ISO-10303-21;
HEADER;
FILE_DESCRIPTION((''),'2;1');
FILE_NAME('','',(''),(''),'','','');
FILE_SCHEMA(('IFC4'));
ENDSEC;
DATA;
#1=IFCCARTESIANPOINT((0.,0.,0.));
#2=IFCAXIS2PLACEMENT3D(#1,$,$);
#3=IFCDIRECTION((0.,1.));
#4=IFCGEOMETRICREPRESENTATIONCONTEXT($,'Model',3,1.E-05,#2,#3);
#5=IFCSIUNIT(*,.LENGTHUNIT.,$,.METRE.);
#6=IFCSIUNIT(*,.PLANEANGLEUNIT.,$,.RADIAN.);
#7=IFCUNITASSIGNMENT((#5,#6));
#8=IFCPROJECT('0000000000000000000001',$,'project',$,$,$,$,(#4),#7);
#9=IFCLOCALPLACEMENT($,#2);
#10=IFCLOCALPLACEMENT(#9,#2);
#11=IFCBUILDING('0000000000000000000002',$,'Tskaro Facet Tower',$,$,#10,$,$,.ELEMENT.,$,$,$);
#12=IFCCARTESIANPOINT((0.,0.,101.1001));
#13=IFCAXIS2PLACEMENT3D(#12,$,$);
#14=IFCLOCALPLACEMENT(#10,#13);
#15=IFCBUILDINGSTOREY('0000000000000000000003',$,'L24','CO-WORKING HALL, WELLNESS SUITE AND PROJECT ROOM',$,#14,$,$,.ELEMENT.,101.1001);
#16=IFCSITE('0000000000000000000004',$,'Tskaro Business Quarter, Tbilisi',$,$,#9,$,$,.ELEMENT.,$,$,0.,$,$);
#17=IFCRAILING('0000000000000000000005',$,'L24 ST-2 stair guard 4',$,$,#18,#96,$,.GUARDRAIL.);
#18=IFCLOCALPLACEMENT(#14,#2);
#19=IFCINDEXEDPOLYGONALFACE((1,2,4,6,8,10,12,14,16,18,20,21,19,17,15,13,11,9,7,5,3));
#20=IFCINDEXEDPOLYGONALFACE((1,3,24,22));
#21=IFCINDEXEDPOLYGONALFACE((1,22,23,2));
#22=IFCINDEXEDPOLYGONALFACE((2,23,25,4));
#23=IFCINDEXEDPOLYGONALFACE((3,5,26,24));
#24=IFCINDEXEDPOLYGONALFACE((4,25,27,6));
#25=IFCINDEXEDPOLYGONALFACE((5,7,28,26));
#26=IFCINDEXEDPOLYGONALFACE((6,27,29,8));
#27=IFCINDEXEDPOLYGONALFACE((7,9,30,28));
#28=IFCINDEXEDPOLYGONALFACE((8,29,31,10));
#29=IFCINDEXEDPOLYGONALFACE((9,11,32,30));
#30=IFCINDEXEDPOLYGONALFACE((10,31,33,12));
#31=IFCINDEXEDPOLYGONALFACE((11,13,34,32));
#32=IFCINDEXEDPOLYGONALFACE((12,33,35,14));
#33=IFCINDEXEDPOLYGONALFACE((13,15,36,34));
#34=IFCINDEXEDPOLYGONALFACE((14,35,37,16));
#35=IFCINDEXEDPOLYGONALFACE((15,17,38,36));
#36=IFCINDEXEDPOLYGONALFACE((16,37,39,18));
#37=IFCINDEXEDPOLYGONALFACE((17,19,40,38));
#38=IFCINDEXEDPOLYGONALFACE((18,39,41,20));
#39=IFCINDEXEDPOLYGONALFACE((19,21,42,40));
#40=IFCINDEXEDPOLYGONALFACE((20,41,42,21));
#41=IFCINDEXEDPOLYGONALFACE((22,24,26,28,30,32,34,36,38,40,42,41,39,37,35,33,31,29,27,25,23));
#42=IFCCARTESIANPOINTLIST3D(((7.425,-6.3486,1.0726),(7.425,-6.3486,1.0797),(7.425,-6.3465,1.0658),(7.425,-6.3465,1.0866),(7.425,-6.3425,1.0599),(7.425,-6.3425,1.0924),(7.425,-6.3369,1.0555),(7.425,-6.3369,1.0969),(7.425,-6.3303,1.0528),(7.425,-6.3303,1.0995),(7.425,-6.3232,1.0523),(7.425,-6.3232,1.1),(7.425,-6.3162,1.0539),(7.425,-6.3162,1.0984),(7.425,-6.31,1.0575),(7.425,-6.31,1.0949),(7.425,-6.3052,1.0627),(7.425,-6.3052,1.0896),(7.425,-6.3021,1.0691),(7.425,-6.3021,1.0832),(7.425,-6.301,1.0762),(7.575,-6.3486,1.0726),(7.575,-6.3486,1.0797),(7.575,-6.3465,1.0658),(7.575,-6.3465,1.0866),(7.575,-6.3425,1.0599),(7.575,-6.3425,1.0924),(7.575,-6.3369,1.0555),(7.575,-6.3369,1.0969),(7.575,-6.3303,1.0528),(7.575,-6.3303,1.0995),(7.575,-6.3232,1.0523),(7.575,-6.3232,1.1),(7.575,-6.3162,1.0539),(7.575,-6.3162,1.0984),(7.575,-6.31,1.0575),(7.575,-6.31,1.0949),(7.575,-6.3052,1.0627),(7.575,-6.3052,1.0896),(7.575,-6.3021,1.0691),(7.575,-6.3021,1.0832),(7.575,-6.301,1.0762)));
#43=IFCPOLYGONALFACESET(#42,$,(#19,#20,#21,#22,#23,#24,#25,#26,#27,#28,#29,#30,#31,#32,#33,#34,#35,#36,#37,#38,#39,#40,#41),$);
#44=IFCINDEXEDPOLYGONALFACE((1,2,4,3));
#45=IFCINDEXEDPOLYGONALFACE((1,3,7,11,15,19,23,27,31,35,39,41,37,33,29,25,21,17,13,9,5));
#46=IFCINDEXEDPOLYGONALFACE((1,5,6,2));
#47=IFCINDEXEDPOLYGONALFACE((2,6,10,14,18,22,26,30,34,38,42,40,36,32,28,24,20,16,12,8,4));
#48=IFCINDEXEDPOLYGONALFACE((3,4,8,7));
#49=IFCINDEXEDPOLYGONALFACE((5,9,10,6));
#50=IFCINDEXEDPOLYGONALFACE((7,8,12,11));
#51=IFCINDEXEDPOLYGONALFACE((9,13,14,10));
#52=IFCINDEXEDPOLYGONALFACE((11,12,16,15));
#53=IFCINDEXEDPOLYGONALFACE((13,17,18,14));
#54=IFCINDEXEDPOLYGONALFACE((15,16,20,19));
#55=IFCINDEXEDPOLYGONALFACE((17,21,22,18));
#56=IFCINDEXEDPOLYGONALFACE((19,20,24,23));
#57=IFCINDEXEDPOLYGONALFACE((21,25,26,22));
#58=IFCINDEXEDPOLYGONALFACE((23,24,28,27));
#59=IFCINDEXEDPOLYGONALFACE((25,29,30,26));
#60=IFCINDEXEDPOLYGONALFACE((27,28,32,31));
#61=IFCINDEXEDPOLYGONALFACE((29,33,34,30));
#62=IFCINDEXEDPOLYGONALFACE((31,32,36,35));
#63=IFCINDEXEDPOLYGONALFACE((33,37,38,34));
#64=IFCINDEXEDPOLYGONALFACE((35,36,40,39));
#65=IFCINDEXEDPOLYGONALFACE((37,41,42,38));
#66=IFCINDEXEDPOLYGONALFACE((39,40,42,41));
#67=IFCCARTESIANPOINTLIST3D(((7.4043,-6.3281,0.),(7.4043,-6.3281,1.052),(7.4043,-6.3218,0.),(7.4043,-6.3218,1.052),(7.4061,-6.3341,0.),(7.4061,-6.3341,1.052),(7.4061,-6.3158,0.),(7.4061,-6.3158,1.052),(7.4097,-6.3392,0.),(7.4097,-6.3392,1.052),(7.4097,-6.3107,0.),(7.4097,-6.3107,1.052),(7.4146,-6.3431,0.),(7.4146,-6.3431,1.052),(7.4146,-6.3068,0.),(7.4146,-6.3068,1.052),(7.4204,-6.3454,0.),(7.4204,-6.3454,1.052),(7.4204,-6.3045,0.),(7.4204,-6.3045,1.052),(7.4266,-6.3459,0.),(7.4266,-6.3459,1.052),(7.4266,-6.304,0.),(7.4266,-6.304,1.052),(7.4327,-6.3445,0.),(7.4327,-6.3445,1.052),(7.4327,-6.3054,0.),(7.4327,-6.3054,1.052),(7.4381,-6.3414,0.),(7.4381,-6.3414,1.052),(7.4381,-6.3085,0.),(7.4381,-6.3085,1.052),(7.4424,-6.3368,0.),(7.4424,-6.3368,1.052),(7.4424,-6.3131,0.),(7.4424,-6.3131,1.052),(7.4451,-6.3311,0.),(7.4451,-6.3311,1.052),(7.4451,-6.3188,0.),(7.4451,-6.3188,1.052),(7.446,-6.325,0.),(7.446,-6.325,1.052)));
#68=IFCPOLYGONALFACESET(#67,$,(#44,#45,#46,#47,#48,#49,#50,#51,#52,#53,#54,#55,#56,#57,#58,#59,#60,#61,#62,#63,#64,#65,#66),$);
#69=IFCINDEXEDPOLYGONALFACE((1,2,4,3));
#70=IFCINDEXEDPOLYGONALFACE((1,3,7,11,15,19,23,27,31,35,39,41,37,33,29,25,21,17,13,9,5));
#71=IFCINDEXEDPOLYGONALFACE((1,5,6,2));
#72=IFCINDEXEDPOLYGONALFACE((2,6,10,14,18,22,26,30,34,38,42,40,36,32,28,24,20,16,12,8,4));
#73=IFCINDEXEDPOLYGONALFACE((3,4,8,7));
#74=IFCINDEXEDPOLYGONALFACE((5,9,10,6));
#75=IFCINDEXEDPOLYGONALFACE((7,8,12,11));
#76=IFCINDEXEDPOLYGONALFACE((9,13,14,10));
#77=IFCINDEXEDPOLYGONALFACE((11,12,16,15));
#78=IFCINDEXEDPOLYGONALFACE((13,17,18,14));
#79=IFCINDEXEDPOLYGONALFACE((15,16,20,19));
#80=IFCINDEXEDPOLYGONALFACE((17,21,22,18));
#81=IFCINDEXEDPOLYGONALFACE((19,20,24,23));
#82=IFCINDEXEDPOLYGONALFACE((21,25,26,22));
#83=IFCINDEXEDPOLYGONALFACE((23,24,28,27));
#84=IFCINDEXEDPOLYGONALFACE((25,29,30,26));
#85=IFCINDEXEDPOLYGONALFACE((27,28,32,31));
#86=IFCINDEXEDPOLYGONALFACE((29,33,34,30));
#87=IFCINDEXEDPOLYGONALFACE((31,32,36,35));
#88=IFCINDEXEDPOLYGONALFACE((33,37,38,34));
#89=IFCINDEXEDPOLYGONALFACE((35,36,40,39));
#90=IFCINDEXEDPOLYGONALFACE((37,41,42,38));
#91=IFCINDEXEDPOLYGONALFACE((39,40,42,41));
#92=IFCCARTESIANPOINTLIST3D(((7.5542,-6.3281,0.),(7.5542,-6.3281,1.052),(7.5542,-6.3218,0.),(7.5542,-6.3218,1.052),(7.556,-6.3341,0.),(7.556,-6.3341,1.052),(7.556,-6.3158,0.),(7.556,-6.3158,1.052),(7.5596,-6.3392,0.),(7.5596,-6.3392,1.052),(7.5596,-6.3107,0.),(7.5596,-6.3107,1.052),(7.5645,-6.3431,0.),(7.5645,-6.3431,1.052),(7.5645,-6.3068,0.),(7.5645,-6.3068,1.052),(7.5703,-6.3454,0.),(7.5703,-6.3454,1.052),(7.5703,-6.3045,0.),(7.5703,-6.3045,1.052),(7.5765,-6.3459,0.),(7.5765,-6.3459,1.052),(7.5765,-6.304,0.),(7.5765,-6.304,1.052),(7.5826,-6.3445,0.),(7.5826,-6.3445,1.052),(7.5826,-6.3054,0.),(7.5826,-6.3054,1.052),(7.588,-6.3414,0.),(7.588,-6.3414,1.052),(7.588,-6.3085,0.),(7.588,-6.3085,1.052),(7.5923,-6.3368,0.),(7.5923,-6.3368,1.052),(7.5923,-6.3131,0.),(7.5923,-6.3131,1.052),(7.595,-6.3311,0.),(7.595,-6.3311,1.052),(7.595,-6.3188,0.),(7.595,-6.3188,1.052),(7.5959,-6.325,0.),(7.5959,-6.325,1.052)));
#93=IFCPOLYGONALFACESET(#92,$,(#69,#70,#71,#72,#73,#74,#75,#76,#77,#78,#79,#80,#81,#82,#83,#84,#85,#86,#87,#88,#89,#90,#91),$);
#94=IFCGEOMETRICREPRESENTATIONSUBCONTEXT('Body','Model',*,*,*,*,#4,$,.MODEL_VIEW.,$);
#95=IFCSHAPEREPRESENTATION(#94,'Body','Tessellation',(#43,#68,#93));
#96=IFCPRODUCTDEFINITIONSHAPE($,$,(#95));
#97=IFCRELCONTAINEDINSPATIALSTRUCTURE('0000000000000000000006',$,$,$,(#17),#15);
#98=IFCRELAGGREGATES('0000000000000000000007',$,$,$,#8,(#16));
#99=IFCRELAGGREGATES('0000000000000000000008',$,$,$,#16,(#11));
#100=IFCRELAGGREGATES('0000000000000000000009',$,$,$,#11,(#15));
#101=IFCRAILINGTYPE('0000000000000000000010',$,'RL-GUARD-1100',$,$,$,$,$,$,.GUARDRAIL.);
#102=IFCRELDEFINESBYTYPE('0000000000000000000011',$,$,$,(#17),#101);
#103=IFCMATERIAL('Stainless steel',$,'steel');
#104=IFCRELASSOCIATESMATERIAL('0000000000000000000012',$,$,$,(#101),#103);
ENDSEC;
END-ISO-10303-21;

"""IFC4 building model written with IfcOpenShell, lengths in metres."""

from ifc_helpers import new_model, si_unit, direction, frame, origin, origin_2d, place, context, subcontext, project, spatial, circle, extrude, material, type_object, element, save


model = new_model("IFC4")

# Units and contexts
model_context = context("Model", 3, precision=1e-05, world=origin(), true_north=direction((0.0, 1.0)))
body_context = subcontext(model_context, "Body", "Model", "MODEL_VIEW")
ifc_project = project(units=[si_unit("LENGTHUNIT", "METRE"), si_unit("PLANEANGLEUNIT", "RADIAN")], contexts=[model_context])

# Site, building, storey
site_placement = place(None, origin())
site = spatial("IfcSite", under=ifc_project, at=site_placement, Name="Tskaro Business Quarter, Tbilisi", CompositionType="ELEMENT", RefElevation=0.0)
building_placement = place(site_placement, origin())
building = spatial("IfcBuilding", under=site, at=building_placement, Name="Tskaro Facet Tower", CompositionType="ELEMENT")
storey_placement = place(building_placement, frame((0.0, 0.0, 101.1001)))
storey = spatial("IfcBuildingStorey", under=building, at=storey_placement, Name="L24", Description="CO-WORKING HALL, WELLNESS SUITE AND PROJECT ROOM", CompositionType="ELEMENT", Elevation=101.1001)

# Shared definitions
ifc_material_1 = material(Name="Stainless steel", Category="steel")

# Railing
railing_type_1 = type_object("IfcRailingType", Name="RL-GUARD-1100", PredefinedType="GUARDRAIL", material=ifc_material_1)
railing_1_placement = place(storey_placement, frame((7.425, -6.325, 0.0)))
element("IfcRailing", 1, at=railing_1_placement, inside=storey, type_object=railing_type_1, Name="L24 ST-2 stair guard 4", PredefinedType="GUARDRAIL", context=body_context, shape_type="SweptSolid", body=[
    extrude(circle(Radius=0.0239, at=origin_2d()), frame((0.0, 0.0, 1.0762), z_axis=(1.0, 0.0, 0.0), x_axis=(0.0, 1.0, 0.0)), (0.0, 0.0, 1.0), 0.1499),
    extrude(circle(Radius=0.021, at=origin_2d()), origin(), (0.0, 0.0, 1.0), 1.052),
    extrude(circle(Radius=0.021, at=origin_2d()), frame((0.1499, 0.0, 0.0)), (0.0, 0.0, 1.0), 1.052),
])

save(model, "model.ifc")
